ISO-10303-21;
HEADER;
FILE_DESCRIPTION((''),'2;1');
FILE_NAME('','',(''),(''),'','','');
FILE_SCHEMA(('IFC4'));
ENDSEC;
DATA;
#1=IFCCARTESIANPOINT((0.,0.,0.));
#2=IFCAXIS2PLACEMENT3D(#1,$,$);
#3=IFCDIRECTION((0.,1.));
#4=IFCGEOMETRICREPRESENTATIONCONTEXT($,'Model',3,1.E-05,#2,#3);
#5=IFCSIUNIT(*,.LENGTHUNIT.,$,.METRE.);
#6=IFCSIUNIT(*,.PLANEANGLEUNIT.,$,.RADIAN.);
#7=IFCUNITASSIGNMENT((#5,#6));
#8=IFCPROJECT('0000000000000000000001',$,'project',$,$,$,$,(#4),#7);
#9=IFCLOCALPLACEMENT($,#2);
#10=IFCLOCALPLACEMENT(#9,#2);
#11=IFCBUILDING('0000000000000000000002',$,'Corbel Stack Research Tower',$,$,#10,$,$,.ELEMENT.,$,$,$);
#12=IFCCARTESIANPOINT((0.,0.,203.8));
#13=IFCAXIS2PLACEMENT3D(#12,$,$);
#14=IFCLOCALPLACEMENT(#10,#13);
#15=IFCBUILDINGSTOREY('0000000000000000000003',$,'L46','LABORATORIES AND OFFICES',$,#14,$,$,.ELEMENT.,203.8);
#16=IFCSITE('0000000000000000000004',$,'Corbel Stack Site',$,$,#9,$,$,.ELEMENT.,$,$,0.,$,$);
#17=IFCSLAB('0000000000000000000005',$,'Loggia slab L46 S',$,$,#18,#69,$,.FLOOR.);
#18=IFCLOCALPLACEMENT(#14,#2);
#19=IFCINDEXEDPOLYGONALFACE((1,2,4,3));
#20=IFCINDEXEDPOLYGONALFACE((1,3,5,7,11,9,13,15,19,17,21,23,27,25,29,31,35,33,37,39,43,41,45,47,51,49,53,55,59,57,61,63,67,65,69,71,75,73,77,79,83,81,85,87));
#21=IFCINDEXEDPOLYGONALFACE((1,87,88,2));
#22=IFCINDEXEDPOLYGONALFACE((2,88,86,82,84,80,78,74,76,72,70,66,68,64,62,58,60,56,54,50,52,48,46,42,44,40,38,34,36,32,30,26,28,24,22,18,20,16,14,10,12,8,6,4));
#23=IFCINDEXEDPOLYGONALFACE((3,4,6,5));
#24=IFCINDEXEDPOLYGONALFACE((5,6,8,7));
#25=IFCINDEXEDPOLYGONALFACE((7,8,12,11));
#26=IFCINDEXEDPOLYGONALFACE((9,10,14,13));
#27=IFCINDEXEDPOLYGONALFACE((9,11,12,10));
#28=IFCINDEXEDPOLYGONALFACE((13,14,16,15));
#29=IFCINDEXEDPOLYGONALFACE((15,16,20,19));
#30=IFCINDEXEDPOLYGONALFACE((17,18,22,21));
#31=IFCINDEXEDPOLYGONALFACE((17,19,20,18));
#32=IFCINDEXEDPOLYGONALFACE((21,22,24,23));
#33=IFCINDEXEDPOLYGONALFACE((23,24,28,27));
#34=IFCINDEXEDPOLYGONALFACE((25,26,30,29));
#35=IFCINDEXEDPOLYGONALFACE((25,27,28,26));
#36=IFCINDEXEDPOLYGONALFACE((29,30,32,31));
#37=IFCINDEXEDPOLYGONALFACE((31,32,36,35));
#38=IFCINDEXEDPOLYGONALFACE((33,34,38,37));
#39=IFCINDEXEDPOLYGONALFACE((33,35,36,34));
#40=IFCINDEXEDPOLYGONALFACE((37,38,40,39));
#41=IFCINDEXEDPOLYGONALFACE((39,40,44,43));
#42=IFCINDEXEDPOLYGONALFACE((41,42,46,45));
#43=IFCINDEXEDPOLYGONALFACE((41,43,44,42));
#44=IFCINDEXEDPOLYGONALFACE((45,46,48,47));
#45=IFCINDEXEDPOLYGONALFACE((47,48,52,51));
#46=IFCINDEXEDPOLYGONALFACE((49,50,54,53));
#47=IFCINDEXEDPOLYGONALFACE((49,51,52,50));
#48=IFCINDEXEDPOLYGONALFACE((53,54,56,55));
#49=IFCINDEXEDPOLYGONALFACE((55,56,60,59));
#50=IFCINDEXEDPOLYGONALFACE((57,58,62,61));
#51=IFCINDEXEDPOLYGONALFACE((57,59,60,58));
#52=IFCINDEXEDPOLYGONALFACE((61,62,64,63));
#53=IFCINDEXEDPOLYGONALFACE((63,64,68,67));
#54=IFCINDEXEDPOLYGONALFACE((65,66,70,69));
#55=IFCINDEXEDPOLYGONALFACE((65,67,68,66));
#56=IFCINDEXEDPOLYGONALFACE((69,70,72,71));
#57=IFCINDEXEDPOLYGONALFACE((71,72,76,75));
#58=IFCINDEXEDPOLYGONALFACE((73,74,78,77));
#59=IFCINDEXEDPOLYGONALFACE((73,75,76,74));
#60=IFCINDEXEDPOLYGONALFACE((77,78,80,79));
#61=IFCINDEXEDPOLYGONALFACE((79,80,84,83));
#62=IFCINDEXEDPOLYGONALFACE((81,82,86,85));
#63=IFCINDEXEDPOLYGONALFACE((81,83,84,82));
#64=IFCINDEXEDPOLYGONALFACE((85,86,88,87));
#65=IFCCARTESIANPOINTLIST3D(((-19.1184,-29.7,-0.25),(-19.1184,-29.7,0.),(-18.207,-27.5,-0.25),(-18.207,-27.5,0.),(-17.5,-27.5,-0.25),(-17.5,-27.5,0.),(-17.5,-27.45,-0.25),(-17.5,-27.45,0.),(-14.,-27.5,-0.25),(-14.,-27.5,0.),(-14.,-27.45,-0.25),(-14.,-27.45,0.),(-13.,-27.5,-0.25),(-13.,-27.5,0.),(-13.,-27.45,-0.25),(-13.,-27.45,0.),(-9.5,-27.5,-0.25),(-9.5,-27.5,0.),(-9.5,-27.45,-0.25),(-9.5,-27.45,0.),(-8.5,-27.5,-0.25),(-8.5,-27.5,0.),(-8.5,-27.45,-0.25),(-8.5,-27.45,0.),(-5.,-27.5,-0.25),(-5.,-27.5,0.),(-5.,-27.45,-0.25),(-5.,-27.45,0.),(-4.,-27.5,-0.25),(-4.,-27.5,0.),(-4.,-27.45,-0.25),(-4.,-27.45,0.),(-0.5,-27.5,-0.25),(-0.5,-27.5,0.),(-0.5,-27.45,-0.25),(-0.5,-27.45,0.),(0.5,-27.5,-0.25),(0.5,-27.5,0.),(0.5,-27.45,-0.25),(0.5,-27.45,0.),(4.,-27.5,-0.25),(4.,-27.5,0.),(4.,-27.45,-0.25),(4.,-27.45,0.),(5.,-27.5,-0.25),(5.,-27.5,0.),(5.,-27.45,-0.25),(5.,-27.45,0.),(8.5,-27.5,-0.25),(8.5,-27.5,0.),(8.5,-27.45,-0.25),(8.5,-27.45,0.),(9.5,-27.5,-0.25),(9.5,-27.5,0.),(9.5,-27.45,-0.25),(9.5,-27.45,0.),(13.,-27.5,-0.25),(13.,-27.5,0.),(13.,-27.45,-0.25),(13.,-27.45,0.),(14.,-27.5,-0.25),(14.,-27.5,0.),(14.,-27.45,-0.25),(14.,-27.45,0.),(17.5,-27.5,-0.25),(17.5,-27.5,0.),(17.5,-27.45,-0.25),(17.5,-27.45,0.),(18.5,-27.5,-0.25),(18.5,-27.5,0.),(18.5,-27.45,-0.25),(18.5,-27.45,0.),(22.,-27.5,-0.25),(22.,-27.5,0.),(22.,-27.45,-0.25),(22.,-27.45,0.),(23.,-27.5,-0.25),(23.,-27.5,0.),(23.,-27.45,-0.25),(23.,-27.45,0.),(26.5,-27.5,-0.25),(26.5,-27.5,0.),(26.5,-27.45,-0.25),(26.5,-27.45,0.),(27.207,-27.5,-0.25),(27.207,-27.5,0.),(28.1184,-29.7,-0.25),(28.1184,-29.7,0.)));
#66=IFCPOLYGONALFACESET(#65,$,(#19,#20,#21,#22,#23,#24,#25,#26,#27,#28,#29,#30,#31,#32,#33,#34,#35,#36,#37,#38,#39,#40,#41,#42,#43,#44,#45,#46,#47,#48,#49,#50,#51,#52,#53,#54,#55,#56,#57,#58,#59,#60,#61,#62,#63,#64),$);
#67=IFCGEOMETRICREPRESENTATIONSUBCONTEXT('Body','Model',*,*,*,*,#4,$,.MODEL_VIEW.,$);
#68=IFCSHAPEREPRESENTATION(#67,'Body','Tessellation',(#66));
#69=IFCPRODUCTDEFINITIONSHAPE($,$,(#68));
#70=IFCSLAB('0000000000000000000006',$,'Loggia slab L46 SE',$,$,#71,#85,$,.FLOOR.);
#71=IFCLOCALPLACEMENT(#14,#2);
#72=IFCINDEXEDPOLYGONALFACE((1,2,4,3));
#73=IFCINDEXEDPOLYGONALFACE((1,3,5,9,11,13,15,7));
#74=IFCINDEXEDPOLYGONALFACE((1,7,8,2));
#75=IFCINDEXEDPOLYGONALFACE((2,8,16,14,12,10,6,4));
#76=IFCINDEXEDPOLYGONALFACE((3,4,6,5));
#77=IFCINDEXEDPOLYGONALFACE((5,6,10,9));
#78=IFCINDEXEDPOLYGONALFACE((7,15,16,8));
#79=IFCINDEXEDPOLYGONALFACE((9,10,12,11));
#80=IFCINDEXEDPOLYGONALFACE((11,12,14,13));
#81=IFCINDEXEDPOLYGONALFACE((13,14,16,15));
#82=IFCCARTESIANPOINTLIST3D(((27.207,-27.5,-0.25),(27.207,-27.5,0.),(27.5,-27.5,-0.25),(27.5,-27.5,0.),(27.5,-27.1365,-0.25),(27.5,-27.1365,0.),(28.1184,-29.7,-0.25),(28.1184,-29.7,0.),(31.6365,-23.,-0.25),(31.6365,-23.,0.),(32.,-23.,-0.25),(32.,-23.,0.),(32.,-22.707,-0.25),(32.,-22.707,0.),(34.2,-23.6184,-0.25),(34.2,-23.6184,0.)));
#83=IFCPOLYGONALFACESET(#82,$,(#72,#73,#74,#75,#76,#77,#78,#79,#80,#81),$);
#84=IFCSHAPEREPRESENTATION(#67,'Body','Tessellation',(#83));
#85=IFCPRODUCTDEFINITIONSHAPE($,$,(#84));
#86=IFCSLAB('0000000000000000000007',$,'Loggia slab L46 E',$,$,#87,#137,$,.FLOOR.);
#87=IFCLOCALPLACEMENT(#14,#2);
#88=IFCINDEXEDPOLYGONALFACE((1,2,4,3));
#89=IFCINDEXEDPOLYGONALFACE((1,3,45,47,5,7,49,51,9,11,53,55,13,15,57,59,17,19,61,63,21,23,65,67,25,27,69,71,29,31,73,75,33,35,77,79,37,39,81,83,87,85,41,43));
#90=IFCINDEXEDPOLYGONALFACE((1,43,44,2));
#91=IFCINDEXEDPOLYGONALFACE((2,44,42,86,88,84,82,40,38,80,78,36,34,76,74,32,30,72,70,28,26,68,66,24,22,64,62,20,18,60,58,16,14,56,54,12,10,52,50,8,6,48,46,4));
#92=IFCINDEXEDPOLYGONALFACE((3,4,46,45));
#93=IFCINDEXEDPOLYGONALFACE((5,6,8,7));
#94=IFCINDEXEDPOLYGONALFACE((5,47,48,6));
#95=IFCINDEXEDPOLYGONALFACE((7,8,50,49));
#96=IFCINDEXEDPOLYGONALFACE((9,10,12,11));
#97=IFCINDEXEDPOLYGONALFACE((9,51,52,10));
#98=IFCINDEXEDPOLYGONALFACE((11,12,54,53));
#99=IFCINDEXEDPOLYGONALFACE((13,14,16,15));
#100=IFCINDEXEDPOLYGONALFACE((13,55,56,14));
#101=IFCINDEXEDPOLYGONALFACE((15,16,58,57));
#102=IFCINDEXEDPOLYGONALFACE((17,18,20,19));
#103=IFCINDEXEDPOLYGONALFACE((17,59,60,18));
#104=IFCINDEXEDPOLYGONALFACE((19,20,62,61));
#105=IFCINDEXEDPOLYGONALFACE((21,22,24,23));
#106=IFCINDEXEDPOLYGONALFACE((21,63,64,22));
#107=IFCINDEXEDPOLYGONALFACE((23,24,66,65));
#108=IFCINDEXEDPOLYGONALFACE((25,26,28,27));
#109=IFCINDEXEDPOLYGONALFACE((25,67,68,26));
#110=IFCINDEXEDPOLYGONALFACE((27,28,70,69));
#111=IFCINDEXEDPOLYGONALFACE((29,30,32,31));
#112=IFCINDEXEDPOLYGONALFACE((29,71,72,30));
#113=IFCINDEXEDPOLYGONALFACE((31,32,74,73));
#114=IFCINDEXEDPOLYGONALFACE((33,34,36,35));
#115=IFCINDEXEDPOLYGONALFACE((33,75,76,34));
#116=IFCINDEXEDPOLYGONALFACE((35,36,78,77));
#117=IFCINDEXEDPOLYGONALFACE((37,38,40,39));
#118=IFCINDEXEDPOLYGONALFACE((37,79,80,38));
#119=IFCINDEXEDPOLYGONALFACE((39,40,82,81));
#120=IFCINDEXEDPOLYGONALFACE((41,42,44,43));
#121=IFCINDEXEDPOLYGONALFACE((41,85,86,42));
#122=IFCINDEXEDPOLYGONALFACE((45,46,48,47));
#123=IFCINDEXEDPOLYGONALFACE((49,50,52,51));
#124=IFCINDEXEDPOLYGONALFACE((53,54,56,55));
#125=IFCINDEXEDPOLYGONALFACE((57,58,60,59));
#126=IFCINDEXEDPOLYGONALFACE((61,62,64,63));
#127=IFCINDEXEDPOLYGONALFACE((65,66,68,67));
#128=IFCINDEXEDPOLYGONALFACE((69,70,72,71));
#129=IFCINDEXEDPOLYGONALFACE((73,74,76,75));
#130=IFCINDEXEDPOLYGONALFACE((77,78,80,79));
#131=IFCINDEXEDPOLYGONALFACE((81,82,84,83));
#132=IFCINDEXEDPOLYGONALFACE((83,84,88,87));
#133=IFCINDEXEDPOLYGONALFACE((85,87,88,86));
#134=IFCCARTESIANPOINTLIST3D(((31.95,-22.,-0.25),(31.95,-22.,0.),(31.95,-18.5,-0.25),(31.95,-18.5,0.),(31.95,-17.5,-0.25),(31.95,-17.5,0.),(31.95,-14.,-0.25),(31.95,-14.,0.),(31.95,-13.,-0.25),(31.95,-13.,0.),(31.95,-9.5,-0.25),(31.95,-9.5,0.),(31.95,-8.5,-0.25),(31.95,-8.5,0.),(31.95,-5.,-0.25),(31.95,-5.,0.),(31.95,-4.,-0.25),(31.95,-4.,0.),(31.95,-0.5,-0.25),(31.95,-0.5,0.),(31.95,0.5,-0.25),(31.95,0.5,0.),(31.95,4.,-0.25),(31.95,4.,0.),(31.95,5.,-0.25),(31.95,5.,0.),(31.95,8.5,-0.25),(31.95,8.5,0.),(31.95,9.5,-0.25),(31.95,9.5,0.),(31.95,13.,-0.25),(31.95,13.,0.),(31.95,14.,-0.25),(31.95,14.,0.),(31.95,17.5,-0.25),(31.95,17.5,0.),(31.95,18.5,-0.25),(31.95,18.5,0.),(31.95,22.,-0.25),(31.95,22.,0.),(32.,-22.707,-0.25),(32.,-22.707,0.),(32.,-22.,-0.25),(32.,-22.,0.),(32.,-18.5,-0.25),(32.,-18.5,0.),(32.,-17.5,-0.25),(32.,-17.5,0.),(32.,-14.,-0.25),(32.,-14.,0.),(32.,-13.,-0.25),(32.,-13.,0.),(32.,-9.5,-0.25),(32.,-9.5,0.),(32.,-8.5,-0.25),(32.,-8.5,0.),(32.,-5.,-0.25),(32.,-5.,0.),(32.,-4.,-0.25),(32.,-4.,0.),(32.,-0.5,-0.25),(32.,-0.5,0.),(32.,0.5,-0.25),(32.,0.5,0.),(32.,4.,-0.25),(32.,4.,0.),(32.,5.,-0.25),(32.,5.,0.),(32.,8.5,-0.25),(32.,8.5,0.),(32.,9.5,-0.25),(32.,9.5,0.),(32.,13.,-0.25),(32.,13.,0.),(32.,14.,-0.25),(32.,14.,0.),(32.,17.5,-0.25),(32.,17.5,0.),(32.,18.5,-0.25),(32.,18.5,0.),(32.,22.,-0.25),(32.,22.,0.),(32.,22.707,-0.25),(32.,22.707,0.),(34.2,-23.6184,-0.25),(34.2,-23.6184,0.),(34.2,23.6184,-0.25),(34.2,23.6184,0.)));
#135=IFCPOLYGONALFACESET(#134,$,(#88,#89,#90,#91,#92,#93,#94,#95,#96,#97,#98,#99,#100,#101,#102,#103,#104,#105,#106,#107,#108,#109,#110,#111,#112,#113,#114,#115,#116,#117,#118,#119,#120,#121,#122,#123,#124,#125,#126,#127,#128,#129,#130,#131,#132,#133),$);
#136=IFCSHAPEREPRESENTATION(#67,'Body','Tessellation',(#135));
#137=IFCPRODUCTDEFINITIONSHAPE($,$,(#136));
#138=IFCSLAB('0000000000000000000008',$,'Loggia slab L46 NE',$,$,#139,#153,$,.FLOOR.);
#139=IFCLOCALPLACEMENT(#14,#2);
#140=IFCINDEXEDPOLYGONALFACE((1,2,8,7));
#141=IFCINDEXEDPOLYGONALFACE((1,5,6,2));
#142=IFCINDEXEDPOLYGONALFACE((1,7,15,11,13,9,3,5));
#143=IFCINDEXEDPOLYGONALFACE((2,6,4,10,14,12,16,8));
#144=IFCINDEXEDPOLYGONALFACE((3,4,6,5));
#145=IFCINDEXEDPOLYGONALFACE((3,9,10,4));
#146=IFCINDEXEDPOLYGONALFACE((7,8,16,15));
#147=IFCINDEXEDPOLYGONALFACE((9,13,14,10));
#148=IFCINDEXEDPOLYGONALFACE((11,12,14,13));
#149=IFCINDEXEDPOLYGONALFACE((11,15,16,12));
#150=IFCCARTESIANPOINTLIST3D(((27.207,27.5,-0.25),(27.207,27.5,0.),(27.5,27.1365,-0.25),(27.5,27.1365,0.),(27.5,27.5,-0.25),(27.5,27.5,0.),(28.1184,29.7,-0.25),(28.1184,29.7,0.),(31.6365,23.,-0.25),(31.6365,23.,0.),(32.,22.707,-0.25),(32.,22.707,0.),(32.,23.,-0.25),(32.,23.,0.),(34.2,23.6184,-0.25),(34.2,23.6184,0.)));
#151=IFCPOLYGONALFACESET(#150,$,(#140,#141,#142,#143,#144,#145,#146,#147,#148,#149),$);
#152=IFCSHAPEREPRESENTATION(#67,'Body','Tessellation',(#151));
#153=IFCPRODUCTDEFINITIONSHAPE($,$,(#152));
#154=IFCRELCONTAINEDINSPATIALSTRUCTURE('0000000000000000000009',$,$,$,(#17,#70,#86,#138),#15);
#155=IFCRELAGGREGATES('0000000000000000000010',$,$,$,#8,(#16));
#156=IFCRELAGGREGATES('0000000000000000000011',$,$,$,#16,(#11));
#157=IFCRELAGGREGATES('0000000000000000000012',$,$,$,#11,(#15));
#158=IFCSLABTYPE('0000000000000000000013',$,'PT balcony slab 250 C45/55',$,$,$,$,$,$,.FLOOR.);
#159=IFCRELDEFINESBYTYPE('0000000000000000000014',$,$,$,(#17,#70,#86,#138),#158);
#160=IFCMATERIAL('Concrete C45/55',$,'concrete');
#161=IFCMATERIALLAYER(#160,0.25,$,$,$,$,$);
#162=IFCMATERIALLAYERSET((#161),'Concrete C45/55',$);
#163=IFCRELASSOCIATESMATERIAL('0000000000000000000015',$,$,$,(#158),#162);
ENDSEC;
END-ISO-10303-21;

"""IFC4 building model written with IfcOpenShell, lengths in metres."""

from ifc_helpers import new_model, si_unit, direction, frame, origin, place, context, subcontext, project, spatial, polyline, outline, extrude, material, layer, layer_set, type_object, element, save


model = new_model("IFC4")

# Units and contexts
model_context = context("Model", 3, precision=1e-05, world=origin(), true_north=direction((0.0, 1.0)))
body_context = subcontext(model_context, "Body", "Model", "MODEL_VIEW")
ifc_project = project(units=[si_unit("LENGTHUNIT", "METRE"), si_unit("PLANEANGLEUNIT", "RADIAN")], contexts=[model_context])

# Site, building, storey
site_placement = place(None, origin())
site = spatial("IfcSite", under=ifc_project, at=site_placement, Name="Corbel Stack Site", CompositionType="ELEMENT", RefElevation=0.0)
building_placement = place(site_placement, origin())
building = spatial("IfcBuilding", under=site, at=building_placement, Name="Corbel Stack Research Tower", CompositionType="ELEMENT")
storey_placement = place(building_placement, frame((0.0, 0.0, 203.8)))
storey = spatial("IfcBuildingStorey", under=building, at=storey_placement, Name="L46", Description="LABORATORIES AND OFFICES", CompositionType="ELEMENT", Elevation=203.8)

# Slabs
ifc_material_1 = material(Name="Concrete C45/55", Category="concrete")
ifc_layer_1 = layer(ifc_material_1, 0.25)
ifc_layer_set_1 = layer_set([ifc_layer_1], Name="Concrete C45/55")
slab_type_1 = type_object("IfcSlabType", Name="PT balcony slab 250 C45/55", PredefinedType="FLOOR", material=ifc_layer_set_1)
slab_1_placement = place(storey_placement, frame((0.0, 0.0, -0.25)))
element("IfcSlab", 1, at=slab_1_placement, inside=storey, type_object=slab_type_1, Name="Loggia slab L46 S", PredefinedType="FLOOR", context=body_context, shape_type="SweptSolid", body=[
    extrude(outline(polyline([(27.207, -27.5), (26.5, -27.5), (26.5, -27.45), (23.0, -27.45), (23.0, -27.5), (22.0, -27.5), (22.0, -27.45), (18.5, -27.45), (18.5, -27.5), (17.5, -27.5), (17.5, -27.45), (14.0, -27.45), (14.0, -27.5), (13.0, -27.5), (13.0, -27.45), (9.5, -27.45), (9.5, -27.5), (8.5, -27.5), (8.5, -27.45), (5.0, -27.45), (5.0, -27.5), (4.0, -27.5), (4.0, -27.45), (0.5, -27.45), (0.5, -27.5), (-0.5, -27.5), (-0.5, -27.45), (-4.0, -27.45), (-4.0, -27.5), (-5.0, -27.5), (-5.0, -27.45), (-8.5, -27.45), (-8.5, -27.5), (-9.5, -27.5), (-9.5, -27.45), (-13.0, -27.45), (-13.0, -27.5), (-14.0, -27.5), (-14.0, -27.45), (-17.5, -27.45), (-17.5, -27.5), (-18.207, -27.5), (-19.1184, -29.7), (28.1184, -29.7), (27.207, -27.5)])), origin(), (0.0, 0.0, 1.0), 0.25),
])
slab_2_placement = place(storey_placement, frame((0.0, 0.0, -0.25)))
element("IfcSlab", 2, at=slab_2_placement, inside=storey, type_object=slab_type_1, Name="Loggia slab L46 SE", PredefinedType="FLOOR", context=body_context, shape_type="SweptSolid", body=[
    extrude(outline(polyline([(32.0, -22.707), (32.0, -23.0), (31.6365, -23.0), (27.5, -27.1365), (27.5, -27.5), (27.207, -27.5), (28.1184, -29.7), (34.2, -23.6184), (32.0, -22.707)])), origin(), (0.0, 0.0, 1.0), 0.25),
])
slab_3_placement = place(storey_placement, frame((0.0, 0.0, -0.25)))
element("IfcSlab", 3, at=slab_3_placement, inside=storey, type_object=slab_type_1, Name="Loggia slab L46 E", PredefinedType="FLOOR", context=body_context, shape_type="SweptSolid", body=[
    extrude(outline(polyline([(32.0, 22.707), (32.0, 22.0), (31.95, 22.0), (31.95, 18.5), (32.0, 18.5), (32.0, 17.5), (31.95, 17.5), (31.95, 14.0), (32.0, 14.0), (32.0, 13.0), (31.95, 13.0), (31.95, 9.5), (32.0, 9.5), (32.0, 8.5), (31.95, 8.5), (31.95, 5.0), (32.0, 5.0), (32.0, 4.0), (31.95, 4.0), (31.95, 0.5), (32.0, 0.5), (32.0, -0.5), (31.95, -0.5), (31.95, -4.0), (32.0, -4.0), (32.0, -5.0), (31.95, -5.0), (31.95, -8.5), (32.0, -8.5), (32.0, -9.5), (31.95, -9.5), (31.95, -13.0), (32.0, -13.0), (32.0, -14.0), (31.95, -14.0), (31.95, -17.5), (32.0, -17.5), (32.0, -18.5), (31.95, -18.5), (31.95, -22.0), (32.0, -22.0), (32.0, -22.707), (34.2, -23.6184), (34.2, 23.6184), (32.0, 22.707)])), origin(), (0.0, 0.0, 1.0), 0.25),
])
slab_4_placement = place(storey_placement, frame((0.0, 0.0, -0.25)))
element("IfcSlab", 4, at=slab_4_placement, inside=storey, type_object=slab_type_1, Name="Loggia slab L46 NE", PredefinedType="FLOOR", context=body_context, shape_type="SweptSolid", body=[
    extrude(outline(polyline([(27.207, 27.5), (27.5, 27.5), (27.5, 27.1365), (31.6365, 23.0), (32.0, 23.0), (32.0, 22.707), (34.2, 23.6184), (28.1184, 29.7), (27.207, 27.5)])), origin(), (0.0, 0.0, 1.0), 0.25),
])

save(model, "model.ifc")
